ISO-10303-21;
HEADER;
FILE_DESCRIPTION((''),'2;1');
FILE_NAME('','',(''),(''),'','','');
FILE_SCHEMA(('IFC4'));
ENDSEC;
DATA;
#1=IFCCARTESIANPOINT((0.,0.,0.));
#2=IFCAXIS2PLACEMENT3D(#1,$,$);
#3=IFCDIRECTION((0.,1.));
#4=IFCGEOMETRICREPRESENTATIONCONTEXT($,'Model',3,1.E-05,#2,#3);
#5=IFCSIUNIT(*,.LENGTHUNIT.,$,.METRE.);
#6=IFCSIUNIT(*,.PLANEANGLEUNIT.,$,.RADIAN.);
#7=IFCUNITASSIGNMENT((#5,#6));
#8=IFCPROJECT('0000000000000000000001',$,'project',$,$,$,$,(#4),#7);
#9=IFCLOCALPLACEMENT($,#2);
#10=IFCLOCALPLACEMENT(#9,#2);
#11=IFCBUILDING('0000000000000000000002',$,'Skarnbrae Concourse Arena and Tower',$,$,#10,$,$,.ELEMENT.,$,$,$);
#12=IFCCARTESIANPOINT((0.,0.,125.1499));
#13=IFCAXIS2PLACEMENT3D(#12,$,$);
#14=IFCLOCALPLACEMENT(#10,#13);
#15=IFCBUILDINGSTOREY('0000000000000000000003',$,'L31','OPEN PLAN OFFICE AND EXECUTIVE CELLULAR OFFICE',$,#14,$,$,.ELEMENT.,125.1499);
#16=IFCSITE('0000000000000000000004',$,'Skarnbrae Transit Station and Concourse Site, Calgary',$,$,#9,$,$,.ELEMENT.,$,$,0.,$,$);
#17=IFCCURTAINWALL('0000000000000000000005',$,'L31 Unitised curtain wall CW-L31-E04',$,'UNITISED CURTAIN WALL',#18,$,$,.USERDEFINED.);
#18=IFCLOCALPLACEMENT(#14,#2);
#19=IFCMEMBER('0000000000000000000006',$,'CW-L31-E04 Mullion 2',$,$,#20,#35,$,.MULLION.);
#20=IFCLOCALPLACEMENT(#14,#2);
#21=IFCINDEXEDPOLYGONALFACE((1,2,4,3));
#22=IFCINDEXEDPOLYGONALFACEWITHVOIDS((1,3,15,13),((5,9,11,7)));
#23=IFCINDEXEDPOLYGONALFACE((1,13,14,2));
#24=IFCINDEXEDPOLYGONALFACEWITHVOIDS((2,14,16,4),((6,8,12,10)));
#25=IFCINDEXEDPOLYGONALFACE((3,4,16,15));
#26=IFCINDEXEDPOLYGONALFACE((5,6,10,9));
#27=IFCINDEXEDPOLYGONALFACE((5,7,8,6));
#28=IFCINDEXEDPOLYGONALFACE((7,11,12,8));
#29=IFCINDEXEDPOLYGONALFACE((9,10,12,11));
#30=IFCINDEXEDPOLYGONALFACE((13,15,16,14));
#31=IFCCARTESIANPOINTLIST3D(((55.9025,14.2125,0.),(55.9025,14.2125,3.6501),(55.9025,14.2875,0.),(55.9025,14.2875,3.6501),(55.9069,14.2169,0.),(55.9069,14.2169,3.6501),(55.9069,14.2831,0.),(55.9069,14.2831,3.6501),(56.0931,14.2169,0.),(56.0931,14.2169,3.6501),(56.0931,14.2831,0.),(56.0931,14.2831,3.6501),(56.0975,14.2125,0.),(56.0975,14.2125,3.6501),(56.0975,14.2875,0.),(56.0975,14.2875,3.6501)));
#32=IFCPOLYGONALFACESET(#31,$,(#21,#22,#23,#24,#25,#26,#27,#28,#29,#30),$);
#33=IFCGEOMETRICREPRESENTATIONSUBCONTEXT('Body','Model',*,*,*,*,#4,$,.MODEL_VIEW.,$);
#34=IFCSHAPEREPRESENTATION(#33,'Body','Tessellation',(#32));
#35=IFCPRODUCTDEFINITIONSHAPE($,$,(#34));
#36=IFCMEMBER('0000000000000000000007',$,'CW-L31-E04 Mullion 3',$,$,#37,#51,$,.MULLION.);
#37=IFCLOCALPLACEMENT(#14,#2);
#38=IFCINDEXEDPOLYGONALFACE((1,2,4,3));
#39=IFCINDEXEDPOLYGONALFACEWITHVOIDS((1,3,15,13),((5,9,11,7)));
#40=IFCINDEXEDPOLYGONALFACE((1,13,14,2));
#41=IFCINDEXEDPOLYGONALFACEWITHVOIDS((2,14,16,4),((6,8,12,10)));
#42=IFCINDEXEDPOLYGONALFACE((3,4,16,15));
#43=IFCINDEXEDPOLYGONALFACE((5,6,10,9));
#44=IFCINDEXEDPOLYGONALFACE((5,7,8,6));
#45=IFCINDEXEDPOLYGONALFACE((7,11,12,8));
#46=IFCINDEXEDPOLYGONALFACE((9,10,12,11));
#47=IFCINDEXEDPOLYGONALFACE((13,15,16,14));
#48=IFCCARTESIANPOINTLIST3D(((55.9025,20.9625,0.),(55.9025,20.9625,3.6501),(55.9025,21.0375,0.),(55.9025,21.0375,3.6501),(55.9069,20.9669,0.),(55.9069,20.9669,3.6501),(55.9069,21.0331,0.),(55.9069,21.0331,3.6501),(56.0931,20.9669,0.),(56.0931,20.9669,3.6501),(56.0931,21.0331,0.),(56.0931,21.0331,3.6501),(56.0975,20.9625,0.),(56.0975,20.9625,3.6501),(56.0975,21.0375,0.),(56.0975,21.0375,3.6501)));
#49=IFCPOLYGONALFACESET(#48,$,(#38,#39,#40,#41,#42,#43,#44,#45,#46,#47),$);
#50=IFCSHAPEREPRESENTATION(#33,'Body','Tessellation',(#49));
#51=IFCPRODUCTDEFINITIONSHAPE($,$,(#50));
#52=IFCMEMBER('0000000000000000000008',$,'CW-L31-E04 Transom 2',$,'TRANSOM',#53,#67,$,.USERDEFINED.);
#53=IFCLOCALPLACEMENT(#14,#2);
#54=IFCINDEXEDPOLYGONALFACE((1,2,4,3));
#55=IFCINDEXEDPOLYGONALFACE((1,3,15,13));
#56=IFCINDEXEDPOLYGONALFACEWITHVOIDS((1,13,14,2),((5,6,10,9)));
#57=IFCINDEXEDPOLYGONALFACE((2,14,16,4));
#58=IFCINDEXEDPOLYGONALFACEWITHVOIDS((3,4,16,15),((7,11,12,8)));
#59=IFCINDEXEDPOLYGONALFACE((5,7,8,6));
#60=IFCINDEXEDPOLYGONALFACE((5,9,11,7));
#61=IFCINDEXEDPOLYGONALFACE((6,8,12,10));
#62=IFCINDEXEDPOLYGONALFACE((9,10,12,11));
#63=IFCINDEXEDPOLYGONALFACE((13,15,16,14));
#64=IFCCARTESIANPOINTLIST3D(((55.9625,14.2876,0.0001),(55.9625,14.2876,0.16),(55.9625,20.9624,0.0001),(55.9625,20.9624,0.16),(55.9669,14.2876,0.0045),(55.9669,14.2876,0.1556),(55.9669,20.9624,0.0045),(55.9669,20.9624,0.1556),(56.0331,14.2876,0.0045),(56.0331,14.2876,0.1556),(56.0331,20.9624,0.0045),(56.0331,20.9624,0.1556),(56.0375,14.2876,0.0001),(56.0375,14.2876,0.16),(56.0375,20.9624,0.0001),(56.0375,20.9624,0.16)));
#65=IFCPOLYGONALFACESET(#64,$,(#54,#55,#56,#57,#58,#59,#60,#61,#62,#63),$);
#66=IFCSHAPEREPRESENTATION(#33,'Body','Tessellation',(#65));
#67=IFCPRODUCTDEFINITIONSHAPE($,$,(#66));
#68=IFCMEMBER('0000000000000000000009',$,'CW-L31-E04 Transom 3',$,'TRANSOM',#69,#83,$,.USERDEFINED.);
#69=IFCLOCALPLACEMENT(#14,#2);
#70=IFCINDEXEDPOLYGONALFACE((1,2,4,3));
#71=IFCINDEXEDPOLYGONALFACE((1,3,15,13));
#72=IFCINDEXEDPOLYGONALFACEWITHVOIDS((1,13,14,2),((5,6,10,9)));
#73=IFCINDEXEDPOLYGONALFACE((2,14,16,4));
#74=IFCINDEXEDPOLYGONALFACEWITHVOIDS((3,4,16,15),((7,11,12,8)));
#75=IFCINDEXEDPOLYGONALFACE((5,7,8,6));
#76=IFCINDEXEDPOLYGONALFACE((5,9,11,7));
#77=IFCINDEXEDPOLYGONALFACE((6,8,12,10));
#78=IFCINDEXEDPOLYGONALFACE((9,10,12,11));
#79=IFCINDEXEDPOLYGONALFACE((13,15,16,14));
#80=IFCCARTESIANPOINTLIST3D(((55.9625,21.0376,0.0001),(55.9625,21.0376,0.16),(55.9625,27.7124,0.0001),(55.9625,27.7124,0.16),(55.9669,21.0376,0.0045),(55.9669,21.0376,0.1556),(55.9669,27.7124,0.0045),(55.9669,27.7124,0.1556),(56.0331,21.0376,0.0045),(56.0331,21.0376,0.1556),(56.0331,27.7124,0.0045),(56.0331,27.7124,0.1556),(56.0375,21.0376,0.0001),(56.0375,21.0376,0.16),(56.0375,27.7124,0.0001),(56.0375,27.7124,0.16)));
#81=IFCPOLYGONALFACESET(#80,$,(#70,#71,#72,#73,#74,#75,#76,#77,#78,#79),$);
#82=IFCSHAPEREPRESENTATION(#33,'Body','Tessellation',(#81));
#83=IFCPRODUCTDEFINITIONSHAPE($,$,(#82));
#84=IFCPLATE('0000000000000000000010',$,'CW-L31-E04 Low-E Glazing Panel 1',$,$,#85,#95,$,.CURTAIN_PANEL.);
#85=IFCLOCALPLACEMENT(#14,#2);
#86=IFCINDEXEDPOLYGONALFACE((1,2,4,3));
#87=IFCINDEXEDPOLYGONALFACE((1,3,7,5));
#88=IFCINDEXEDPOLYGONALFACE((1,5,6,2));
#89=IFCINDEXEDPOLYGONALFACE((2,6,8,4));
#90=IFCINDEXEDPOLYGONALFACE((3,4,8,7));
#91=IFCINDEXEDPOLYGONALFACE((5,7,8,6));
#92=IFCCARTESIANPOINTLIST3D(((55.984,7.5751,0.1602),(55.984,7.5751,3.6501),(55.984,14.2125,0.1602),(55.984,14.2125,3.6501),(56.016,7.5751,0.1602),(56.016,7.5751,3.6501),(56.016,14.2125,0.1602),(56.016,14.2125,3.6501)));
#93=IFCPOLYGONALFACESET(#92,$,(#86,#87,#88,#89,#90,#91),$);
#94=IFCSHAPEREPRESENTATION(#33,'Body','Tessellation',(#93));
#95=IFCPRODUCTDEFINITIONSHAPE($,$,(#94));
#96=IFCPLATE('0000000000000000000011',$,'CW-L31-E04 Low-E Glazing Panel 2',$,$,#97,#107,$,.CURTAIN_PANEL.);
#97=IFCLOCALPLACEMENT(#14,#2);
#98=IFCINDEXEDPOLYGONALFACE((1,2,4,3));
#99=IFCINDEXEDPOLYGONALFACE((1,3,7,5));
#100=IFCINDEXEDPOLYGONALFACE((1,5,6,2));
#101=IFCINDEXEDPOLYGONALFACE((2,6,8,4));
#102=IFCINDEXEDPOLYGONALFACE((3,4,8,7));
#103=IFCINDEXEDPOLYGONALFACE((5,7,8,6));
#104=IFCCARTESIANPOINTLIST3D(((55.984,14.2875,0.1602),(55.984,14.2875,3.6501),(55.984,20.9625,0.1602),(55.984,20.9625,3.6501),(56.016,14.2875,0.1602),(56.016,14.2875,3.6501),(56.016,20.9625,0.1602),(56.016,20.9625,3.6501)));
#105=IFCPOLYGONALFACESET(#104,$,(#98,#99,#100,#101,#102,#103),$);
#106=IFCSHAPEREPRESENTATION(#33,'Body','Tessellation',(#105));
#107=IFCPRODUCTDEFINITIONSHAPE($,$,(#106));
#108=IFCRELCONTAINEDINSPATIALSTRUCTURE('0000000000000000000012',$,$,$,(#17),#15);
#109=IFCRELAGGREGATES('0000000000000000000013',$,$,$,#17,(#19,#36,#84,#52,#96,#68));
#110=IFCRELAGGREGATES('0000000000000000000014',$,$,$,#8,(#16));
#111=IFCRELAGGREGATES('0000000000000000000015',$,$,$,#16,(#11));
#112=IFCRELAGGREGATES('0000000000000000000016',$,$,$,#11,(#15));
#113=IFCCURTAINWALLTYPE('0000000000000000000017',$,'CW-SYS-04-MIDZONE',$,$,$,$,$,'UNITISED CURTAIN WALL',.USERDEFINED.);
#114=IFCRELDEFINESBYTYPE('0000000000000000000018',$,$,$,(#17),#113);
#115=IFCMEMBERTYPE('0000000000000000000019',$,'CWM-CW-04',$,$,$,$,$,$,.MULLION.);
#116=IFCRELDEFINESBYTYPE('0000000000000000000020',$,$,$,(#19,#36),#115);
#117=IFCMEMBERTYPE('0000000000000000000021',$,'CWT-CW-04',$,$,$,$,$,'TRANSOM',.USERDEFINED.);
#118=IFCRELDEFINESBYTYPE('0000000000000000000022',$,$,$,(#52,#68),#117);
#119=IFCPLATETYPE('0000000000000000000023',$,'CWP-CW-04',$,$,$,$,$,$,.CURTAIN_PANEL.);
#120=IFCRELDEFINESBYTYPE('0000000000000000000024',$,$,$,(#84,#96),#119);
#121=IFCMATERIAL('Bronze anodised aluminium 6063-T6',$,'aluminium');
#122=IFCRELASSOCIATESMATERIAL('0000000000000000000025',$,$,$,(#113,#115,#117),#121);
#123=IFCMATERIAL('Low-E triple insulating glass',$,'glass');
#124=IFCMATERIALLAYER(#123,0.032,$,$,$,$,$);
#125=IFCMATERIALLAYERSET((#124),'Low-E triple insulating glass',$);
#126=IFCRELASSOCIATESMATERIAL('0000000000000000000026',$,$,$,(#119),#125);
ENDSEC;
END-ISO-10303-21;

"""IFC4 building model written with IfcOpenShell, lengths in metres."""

from ifc_helpers import new_model, si_unit, direction, frame, origin, origin_2d, place, context, subcontext, project, spatial, rectangle, hollow_rectangle, extrude, source, transform, mapped, material, layer, layer_set, material_profile, profile_set, type_object, element, aggregate, save


model = new_model("IFC4")

# Units and contexts
model_context = context("Model", 3, precision=1e-05, world=origin(), true_north=direction((0.0, 1.0)))
body_context = subcontext(model_context, "Body", "Model", "MODEL_VIEW")
ifc_project = project(units=[si_unit("LENGTHUNIT", "METRE"), si_unit("PLANEANGLEUNIT", "RADIAN")], contexts=[model_context])

# Site, building, storey
site_placement = place(None, origin())
site = spatial("IfcSite", under=ifc_project, at=site_placement, Name="Skarnbrae Transit Station and Concourse Site, Calgary", CompositionType="ELEMENT", RefElevation=0.0)
building_placement = place(site_placement, origin())
building = spatial("IfcBuilding", under=site, at=building_placement, Name="Skarnbrae Concourse Arena and Tower", CompositionType="ELEMENT")
storey_placement = place(building_placement, frame((0.0, 0.0, 125.1499)))
storey = spatial("IfcBuildingStorey", under=building, at=storey_placement, Name="L31", Description="OPEN PLAN OFFICE AND EXECUTIVE CELLULAR OFFICE", CompositionType="ELEMENT", Elevation=125.1499)

# Curtain wall, members, plates
ifc_material_1 = material(Name="Bronze anodised aluminium 6063-T6", Category="aluminium")
curtain_wall_type = type_object("IfcCurtainWallType", Name="CW-SYS-04-MIDZONE", ElementType="UNITISED CURTAIN WALL", PredefinedType="USERDEFINED", material=ifc_material_1)
curtain_wall_placement = place(storey_placement, origin())
curtain_wall = element("IfcCurtainWall", 1, at=curtain_wall_placement, inside=storey, type_object=curtain_wall_type, Name="L31 Unitised curtain wall CW-L31-E04", ObjectType="UNITISED CURTAIN WALL", PredefinedType="USERDEFINED")
ifc_material_profile_1 = material_profile(ifc_material_1, hollow_rectangle(XDim=0.075, YDim=0.1951, WallThickness=0.0044, at=origin_2d()), Name="ALU-MULL-75X195")
ifc_profile_set_1 = profile_set([ifc_material_profile_1], Name="Bronze anodised aluminium 6063-T6")
member_type_1 = type_object("IfcMemberType", Name="CWM-CW-04", PredefinedType="MULLION", material=ifc_profile_set_1)
shared_shape_1 = source(origin(), body_context, "Body", "SweptSolid", [
    extrude(hollow_rectangle(XDim=0.075, YDim=0.1951, WallThickness=0.0044, at=origin_2d()), origin(), (0.0, 0.0, 1.0), 3.6501),
])
member_1_placement = place(storey_placement, frame((56.0, 14.25, 0.0), z_axis=(0.0, 0.0, 1.0), x_axis=(0.0, 1.0, 0.0)))
member_1 = element("IfcMember", 2, at=member_1_placement, type_object=member_type_1, Name="CW-L31-E04 Mullion 2", PredefinedType="MULLION", context=body_context, shape_type="MappedRepresentation", body=[
    mapped(shared_shape_1, transform((0.0, 0.0, 0.0))),
])
member_2_placement = place(storey_placement, frame((56.0, 21.0, 0.0), z_axis=(0.0, 0.0, 1.0), x_axis=(0.0, 1.0, 0.0)))
member_2 = element("IfcMember", 3, at=member_2_placement, type_object=member_type_1, Name="CW-L31-E04 Mullion 3", PredefinedType="MULLION", context=body_context, shape_type="MappedRepresentation", body=[
    mapped(shared_shape_1, transform((0.0, 0.0, 0.0))),
])
ifc_material_profile_2 = material_profile(ifc_material_1, hollow_rectangle(XDim=0.075, YDim=0.1599, WallThickness=0.0044, at=origin_2d()), Name="ALU-TRAN-75X160")
ifc_profile_set_2 = profile_set([ifc_material_profile_2], Name="Bronze anodised aluminium 6063-T6")
member_type_2 = type_object("IfcMemberType", Name="CWT-CW-04", ElementType="TRANSOM", PredefinedType="USERDEFINED", material=ifc_profile_set_2)
shared_shape_2 = source(origin(), body_context, "Body", "SweptSolid", [
    extrude(hollow_rectangle(XDim=0.075, YDim=0.1599, WallThickness=0.0044, at=origin_2d()), origin(), (0.0, 0.0, 1.0), 6.6748),
])
member_3_placement = place(storey_placement, frame((56.0, 14.2876, 0.0801), z_axis=(0.0, 1.0, 0.0), x_axis=(-1.0, 0.0, 0.0)))
member_3 = element("IfcMember", 4, at=member_3_placement, type_object=member_type_2, Name="CW-L31-E04 Transom 2", ObjectType="TRANSOM", PredefinedType="USERDEFINED", context=body_context, shape_type="MappedRepresentation", body=[
    mapped(shared_shape_2, transform((0.0, 0.0, 0.0))),
])
member_4_placement = place(storey_placement, frame((56.0, 21.0376, 0.0801), z_axis=(0.0, 1.0, 0.0), x_axis=(-1.0, 0.0, 0.0)))
member_4 = element("IfcMember", 5, at=member_4_placement, type_object=member_type_2, Name="CW-L31-E04 Transom 3", ObjectType="TRANSOM", PredefinedType="USERDEFINED", context=body_context, shape_type="MappedRepresentation", body=[
    mapped(shared_shape_2, transform((0.0, 0.0, 0.0))),
])
ifc_material_2 = material(Name="Low-E triple insulating glass", Category="glass")
ifc_layer = layer(ifc_material_2, 0.032)
ifc_layer_set = layer_set([ifc_layer], Name="Low-E triple insulating glass")
plate_type = type_object("IfcPlateType", Name="CWP-CW-04", PredefinedType="CURTAIN_PANEL", material=ifc_layer_set)
shared_shape_3 = source(origin(), body_context, "Body", "SweptSolid", [
    extrude(rectangle(XDim=6.6375, YDim=0.032, at=origin_2d()), origin(), (0.0, 0.0, 1.0), 3.49),
])
plate_1_placement = place(storey_placement, frame((56.0, 10.8938, 0.1602), z_axis=(0.0, 0.0, 1.0), x_axis=(0.0, 1.0, 0.0)))
plate_1 = element("IfcPlate", 6, at=plate_1_placement, type_object=plate_type, Name="CW-L31-E04 Low-E Glazing Panel 1", PredefinedType="CURTAIN_PANEL", context=body_context, shape_type="MappedRepresentation", body=[
    mapped(shared_shape_3, transform((0.0, 0.0, 0.0))),
])
shared_shape_4 = source(origin(), body_context, "Body", "SweptSolid", [
    extrude(rectangle(XDim=6.675, YDim=0.032, at=origin_2d()), origin(), (0.0, 0.0, 1.0), 3.49),
])
plate_2_placement = place(storey_placement, frame((56.0, 17.625, 0.1602), z_axis=(0.0, 0.0, 1.0), x_axis=(0.0, 1.0, 0.0)))
plate_2 = element("IfcPlate", 7, at=plate_2_placement, type_object=plate_type, Name="CW-L31-E04 Low-E Glazing Panel 2", PredefinedType="CURTAIN_PANEL", context=body_context, shape_type="MappedRepresentation", body=[
    mapped(shared_shape_4, transform((0.0, 0.0, 0.0))),
])
aggregate(curtain_wall, [member_1, member_2, plate_1, member_3, plate_2, member_4])

save(model, "model.ifc")
